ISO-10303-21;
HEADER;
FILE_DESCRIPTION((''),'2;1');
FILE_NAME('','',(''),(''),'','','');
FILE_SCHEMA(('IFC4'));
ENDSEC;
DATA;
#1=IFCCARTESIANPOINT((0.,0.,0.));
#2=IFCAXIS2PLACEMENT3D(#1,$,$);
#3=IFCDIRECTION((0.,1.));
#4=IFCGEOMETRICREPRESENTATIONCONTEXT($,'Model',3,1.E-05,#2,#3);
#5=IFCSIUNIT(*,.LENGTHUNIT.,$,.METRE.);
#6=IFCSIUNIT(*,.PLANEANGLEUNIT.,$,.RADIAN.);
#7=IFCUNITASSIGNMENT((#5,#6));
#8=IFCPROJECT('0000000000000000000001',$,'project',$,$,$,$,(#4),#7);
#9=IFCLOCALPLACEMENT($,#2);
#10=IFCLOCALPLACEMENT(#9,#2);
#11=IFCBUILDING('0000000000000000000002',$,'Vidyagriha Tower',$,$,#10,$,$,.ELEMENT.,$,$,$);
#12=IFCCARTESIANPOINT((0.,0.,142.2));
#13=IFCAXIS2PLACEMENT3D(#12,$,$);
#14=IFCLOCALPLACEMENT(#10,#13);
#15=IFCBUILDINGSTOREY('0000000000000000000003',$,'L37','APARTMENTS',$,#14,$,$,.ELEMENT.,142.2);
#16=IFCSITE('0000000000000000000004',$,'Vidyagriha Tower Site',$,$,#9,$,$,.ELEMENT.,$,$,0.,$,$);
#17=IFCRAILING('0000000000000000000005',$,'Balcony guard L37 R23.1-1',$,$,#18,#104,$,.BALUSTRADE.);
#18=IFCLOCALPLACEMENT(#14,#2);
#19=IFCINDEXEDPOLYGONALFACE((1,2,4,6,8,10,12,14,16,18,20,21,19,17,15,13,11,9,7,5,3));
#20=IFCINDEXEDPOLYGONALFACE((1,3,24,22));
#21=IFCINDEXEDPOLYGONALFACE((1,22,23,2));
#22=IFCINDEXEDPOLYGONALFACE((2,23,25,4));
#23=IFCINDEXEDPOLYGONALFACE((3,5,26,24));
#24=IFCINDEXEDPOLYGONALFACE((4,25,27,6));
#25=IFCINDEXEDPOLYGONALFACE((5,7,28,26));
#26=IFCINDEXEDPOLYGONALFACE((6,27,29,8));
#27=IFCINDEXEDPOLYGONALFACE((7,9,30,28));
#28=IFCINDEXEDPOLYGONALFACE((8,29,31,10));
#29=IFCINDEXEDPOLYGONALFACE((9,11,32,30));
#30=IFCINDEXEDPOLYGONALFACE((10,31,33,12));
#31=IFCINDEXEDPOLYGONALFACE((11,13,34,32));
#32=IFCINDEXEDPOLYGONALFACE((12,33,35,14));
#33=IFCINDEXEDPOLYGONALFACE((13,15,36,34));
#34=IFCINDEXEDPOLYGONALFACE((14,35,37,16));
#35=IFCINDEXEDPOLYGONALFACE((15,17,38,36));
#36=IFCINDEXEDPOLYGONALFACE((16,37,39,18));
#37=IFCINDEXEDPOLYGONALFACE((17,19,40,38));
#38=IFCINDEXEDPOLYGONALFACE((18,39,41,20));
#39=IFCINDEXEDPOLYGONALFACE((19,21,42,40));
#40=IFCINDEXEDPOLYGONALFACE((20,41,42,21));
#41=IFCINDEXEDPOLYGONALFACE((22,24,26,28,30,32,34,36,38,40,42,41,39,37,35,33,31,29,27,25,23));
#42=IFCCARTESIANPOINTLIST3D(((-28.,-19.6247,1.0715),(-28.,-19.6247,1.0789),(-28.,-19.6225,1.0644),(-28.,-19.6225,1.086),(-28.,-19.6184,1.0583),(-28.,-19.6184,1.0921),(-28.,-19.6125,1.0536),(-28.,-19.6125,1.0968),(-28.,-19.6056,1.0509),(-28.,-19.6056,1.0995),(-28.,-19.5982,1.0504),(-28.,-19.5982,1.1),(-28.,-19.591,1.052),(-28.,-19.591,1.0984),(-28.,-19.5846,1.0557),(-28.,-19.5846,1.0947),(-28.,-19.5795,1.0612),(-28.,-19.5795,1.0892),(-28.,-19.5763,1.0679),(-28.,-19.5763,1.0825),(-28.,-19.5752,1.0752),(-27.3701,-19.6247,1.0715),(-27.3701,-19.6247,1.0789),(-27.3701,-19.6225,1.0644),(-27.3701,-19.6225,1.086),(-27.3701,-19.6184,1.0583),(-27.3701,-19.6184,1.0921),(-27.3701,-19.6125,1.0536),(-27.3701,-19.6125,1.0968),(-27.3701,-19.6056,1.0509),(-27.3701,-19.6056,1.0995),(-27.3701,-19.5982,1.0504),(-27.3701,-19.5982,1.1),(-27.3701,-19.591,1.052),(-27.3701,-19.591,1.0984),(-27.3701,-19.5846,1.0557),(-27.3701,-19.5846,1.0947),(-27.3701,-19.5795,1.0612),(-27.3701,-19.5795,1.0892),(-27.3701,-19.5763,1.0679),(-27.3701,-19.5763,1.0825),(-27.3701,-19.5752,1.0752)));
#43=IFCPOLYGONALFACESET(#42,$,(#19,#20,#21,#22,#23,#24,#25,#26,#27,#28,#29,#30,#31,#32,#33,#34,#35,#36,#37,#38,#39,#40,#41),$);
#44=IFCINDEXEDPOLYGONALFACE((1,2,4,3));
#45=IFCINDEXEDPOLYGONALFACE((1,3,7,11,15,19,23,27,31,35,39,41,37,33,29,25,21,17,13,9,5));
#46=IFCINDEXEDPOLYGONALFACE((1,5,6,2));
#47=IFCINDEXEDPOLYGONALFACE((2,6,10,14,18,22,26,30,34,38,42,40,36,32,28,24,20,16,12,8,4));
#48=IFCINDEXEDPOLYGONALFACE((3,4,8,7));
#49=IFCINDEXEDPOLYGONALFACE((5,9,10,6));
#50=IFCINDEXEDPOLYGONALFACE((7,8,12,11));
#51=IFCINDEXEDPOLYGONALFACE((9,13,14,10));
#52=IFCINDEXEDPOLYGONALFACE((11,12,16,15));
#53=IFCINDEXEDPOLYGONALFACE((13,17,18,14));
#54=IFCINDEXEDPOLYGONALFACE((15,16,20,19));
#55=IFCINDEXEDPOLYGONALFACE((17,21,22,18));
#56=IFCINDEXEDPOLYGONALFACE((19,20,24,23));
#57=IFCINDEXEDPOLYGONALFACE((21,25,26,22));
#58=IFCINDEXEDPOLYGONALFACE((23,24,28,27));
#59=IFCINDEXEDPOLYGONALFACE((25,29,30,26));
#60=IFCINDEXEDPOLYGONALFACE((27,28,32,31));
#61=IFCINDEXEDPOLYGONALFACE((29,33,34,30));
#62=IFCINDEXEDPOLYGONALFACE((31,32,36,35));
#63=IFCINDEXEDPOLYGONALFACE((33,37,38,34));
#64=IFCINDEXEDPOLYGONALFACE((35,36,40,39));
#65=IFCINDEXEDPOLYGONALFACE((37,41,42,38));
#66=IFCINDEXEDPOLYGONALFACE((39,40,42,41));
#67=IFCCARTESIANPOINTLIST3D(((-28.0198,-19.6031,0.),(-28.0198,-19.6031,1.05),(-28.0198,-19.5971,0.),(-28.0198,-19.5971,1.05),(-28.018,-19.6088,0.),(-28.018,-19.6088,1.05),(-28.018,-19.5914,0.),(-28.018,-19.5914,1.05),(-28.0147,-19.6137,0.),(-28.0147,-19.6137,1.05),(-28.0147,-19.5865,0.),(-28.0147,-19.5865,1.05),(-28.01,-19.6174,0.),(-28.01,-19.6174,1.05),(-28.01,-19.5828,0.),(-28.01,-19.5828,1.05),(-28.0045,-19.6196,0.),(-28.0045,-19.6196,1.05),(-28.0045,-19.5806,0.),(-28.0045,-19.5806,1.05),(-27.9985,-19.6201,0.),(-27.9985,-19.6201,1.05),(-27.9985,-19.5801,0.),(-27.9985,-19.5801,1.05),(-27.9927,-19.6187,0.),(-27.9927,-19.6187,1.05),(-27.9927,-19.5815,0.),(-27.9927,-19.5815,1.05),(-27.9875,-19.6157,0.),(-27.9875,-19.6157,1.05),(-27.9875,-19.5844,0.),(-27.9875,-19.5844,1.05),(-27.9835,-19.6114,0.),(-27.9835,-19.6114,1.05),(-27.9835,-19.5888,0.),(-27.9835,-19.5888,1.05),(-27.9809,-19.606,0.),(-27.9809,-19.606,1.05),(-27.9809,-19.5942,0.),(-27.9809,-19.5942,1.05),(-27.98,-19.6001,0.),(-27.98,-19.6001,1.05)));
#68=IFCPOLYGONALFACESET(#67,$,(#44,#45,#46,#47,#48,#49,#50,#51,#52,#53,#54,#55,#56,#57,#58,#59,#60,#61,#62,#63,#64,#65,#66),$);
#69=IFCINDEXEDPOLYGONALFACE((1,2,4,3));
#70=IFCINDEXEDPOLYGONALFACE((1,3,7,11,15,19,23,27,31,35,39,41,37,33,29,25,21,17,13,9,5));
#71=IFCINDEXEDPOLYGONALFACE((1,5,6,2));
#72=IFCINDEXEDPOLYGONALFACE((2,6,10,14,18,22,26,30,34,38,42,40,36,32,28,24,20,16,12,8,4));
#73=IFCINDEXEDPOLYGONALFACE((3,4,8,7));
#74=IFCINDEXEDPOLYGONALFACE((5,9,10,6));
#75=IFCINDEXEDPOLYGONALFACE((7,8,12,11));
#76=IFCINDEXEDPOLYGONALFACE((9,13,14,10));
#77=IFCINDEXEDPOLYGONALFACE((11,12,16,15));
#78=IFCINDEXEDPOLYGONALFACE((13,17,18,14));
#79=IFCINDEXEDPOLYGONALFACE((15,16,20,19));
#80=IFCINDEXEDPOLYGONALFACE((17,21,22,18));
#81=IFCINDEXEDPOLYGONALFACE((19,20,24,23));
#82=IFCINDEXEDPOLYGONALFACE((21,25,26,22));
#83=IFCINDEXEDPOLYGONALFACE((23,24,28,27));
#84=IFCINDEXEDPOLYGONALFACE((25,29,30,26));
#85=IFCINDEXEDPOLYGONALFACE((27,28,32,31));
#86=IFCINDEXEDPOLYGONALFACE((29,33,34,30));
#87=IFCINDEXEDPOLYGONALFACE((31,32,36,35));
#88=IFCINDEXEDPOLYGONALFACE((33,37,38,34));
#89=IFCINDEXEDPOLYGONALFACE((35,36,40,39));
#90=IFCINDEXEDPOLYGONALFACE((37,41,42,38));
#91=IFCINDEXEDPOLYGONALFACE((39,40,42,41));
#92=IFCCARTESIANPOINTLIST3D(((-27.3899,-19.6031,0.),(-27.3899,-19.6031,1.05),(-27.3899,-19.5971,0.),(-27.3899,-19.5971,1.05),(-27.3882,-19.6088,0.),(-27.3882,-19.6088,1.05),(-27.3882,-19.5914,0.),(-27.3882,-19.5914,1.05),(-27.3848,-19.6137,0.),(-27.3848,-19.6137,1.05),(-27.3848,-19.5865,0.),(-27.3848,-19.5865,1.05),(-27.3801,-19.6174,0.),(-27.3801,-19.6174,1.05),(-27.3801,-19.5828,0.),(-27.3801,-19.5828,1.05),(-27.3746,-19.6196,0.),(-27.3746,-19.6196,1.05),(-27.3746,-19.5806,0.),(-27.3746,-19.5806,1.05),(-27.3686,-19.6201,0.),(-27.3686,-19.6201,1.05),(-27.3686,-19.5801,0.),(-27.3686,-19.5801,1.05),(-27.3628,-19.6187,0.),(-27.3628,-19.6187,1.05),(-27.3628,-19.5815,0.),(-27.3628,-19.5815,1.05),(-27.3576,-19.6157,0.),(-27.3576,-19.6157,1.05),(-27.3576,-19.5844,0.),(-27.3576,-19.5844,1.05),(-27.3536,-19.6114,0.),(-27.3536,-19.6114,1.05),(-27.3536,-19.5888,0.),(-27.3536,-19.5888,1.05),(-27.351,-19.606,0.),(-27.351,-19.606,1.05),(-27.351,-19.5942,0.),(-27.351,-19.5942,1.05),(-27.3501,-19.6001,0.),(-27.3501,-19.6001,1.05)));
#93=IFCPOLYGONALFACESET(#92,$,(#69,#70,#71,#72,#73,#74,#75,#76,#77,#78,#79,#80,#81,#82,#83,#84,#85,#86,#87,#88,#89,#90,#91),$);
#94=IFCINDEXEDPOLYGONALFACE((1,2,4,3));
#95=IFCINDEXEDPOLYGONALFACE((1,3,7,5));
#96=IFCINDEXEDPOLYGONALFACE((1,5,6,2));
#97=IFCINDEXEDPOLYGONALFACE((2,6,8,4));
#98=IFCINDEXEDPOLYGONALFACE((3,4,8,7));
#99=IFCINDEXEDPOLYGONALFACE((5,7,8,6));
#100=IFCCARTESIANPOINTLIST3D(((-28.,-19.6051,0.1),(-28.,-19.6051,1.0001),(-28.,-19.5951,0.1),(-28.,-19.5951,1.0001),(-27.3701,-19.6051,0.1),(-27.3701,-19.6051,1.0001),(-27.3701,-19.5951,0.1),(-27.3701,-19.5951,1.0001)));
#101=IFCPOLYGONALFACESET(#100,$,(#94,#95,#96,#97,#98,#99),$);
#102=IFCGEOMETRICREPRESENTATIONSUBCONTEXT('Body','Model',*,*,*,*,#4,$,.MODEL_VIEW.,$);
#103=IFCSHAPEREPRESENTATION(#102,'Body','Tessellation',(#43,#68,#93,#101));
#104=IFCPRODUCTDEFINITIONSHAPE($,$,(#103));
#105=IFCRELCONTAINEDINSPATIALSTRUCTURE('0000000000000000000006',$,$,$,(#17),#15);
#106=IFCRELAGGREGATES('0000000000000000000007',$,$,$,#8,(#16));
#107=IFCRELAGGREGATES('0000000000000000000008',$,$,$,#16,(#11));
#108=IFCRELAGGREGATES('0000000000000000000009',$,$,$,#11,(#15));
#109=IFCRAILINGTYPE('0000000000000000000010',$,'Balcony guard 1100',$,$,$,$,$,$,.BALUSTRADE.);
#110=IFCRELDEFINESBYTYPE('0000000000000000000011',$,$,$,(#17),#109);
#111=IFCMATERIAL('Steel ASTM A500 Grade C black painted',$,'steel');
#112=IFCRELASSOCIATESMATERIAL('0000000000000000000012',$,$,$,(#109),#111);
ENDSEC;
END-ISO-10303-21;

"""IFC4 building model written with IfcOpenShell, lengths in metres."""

from ifc_helpers import new_model, si_unit, direction, frame, origin, origin_2d, place, context, subcontext, project, spatial, rectangle, circle, extrude, material, type_object, element, save


model = new_model("IFC4")

# Units and contexts
model_context = context("Model", 3, precision=1e-05, world=origin(), true_north=direction((0.0, 1.0)))
body_context = subcontext(model_context, "Body", "Model", "MODEL_VIEW")
ifc_project = project(units=[si_unit("LENGTHUNIT", "METRE"), si_unit("PLANEANGLEUNIT", "RADIAN")], contexts=[model_context])

# Site, building, storey
site_placement = place(None, origin())
site = spatial("IfcSite", under=ifc_project, at=site_placement, Name="Vidyagriha Tower Site", CompositionType="ELEMENT", RefElevation=0.0)
building_placement = place(site_placement, origin())
building = spatial("IfcBuilding", under=site, at=building_placement, Name="Vidyagriha Tower", CompositionType="ELEMENT")
storey_placement = place(building_placement, frame((0.0, 0.0, 142.2)))
storey = spatial("IfcBuildingStorey", under=building, at=storey_placement, Name="L37", Description="APARTMENTS", CompositionType="ELEMENT", Elevation=142.2)

# Railing
ifc_material_1 = material(Name="Steel ASTM A500 Grade C black painted", Category="steel")
railing_type_1 = type_object("IfcRailingType", Name="Balcony guard 1100", PredefinedType="BALUSTRADE", material=ifc_material_1)
railing_1_placement = place(storey_placement, frame((-28.0, -19.6001, 0.0)))
element("IfcRailing", 1, at=railing_1_placement, inside=storey, type_object=railing_type_1, Name="Balcony guard L37 R23.1-1", PredefinedType="BALUSTRADE", context=body_context, shape_type="SweptSolid", body=[
    extrude(circle(Radius=0.0249, at=origin_2d()), frame((0.0, 0.0, 1.0752), z_axis=(1.0, 0.0, 0.0), x_axis=(0.0, 1.0, 0.0)), (0.0, 0.0, 1.0), 0.6299),
    extrude(circle(Radius=0.02, at=origin_2d()), origin(), (0.0, 0.0, 1.0), 1.05),
    extrude(circle(Radius=0.02, at=origin_2d()), frame((0.6299, 0.0, 0.0)), (0.0, 0.0, 1.0), 1.05),
    extrude(rectangle(XDim=0.01, YDim=0.9001, at=origin_2d()), frame((0.0, 0.0, 0.55), z_axis=(1.0, 0.0, 0.0), x_axis=(0.0, 1.0, 0.0)), (0.0, 0.0, 1.0), 0.6299),
])

save(model, "model.ifc")
